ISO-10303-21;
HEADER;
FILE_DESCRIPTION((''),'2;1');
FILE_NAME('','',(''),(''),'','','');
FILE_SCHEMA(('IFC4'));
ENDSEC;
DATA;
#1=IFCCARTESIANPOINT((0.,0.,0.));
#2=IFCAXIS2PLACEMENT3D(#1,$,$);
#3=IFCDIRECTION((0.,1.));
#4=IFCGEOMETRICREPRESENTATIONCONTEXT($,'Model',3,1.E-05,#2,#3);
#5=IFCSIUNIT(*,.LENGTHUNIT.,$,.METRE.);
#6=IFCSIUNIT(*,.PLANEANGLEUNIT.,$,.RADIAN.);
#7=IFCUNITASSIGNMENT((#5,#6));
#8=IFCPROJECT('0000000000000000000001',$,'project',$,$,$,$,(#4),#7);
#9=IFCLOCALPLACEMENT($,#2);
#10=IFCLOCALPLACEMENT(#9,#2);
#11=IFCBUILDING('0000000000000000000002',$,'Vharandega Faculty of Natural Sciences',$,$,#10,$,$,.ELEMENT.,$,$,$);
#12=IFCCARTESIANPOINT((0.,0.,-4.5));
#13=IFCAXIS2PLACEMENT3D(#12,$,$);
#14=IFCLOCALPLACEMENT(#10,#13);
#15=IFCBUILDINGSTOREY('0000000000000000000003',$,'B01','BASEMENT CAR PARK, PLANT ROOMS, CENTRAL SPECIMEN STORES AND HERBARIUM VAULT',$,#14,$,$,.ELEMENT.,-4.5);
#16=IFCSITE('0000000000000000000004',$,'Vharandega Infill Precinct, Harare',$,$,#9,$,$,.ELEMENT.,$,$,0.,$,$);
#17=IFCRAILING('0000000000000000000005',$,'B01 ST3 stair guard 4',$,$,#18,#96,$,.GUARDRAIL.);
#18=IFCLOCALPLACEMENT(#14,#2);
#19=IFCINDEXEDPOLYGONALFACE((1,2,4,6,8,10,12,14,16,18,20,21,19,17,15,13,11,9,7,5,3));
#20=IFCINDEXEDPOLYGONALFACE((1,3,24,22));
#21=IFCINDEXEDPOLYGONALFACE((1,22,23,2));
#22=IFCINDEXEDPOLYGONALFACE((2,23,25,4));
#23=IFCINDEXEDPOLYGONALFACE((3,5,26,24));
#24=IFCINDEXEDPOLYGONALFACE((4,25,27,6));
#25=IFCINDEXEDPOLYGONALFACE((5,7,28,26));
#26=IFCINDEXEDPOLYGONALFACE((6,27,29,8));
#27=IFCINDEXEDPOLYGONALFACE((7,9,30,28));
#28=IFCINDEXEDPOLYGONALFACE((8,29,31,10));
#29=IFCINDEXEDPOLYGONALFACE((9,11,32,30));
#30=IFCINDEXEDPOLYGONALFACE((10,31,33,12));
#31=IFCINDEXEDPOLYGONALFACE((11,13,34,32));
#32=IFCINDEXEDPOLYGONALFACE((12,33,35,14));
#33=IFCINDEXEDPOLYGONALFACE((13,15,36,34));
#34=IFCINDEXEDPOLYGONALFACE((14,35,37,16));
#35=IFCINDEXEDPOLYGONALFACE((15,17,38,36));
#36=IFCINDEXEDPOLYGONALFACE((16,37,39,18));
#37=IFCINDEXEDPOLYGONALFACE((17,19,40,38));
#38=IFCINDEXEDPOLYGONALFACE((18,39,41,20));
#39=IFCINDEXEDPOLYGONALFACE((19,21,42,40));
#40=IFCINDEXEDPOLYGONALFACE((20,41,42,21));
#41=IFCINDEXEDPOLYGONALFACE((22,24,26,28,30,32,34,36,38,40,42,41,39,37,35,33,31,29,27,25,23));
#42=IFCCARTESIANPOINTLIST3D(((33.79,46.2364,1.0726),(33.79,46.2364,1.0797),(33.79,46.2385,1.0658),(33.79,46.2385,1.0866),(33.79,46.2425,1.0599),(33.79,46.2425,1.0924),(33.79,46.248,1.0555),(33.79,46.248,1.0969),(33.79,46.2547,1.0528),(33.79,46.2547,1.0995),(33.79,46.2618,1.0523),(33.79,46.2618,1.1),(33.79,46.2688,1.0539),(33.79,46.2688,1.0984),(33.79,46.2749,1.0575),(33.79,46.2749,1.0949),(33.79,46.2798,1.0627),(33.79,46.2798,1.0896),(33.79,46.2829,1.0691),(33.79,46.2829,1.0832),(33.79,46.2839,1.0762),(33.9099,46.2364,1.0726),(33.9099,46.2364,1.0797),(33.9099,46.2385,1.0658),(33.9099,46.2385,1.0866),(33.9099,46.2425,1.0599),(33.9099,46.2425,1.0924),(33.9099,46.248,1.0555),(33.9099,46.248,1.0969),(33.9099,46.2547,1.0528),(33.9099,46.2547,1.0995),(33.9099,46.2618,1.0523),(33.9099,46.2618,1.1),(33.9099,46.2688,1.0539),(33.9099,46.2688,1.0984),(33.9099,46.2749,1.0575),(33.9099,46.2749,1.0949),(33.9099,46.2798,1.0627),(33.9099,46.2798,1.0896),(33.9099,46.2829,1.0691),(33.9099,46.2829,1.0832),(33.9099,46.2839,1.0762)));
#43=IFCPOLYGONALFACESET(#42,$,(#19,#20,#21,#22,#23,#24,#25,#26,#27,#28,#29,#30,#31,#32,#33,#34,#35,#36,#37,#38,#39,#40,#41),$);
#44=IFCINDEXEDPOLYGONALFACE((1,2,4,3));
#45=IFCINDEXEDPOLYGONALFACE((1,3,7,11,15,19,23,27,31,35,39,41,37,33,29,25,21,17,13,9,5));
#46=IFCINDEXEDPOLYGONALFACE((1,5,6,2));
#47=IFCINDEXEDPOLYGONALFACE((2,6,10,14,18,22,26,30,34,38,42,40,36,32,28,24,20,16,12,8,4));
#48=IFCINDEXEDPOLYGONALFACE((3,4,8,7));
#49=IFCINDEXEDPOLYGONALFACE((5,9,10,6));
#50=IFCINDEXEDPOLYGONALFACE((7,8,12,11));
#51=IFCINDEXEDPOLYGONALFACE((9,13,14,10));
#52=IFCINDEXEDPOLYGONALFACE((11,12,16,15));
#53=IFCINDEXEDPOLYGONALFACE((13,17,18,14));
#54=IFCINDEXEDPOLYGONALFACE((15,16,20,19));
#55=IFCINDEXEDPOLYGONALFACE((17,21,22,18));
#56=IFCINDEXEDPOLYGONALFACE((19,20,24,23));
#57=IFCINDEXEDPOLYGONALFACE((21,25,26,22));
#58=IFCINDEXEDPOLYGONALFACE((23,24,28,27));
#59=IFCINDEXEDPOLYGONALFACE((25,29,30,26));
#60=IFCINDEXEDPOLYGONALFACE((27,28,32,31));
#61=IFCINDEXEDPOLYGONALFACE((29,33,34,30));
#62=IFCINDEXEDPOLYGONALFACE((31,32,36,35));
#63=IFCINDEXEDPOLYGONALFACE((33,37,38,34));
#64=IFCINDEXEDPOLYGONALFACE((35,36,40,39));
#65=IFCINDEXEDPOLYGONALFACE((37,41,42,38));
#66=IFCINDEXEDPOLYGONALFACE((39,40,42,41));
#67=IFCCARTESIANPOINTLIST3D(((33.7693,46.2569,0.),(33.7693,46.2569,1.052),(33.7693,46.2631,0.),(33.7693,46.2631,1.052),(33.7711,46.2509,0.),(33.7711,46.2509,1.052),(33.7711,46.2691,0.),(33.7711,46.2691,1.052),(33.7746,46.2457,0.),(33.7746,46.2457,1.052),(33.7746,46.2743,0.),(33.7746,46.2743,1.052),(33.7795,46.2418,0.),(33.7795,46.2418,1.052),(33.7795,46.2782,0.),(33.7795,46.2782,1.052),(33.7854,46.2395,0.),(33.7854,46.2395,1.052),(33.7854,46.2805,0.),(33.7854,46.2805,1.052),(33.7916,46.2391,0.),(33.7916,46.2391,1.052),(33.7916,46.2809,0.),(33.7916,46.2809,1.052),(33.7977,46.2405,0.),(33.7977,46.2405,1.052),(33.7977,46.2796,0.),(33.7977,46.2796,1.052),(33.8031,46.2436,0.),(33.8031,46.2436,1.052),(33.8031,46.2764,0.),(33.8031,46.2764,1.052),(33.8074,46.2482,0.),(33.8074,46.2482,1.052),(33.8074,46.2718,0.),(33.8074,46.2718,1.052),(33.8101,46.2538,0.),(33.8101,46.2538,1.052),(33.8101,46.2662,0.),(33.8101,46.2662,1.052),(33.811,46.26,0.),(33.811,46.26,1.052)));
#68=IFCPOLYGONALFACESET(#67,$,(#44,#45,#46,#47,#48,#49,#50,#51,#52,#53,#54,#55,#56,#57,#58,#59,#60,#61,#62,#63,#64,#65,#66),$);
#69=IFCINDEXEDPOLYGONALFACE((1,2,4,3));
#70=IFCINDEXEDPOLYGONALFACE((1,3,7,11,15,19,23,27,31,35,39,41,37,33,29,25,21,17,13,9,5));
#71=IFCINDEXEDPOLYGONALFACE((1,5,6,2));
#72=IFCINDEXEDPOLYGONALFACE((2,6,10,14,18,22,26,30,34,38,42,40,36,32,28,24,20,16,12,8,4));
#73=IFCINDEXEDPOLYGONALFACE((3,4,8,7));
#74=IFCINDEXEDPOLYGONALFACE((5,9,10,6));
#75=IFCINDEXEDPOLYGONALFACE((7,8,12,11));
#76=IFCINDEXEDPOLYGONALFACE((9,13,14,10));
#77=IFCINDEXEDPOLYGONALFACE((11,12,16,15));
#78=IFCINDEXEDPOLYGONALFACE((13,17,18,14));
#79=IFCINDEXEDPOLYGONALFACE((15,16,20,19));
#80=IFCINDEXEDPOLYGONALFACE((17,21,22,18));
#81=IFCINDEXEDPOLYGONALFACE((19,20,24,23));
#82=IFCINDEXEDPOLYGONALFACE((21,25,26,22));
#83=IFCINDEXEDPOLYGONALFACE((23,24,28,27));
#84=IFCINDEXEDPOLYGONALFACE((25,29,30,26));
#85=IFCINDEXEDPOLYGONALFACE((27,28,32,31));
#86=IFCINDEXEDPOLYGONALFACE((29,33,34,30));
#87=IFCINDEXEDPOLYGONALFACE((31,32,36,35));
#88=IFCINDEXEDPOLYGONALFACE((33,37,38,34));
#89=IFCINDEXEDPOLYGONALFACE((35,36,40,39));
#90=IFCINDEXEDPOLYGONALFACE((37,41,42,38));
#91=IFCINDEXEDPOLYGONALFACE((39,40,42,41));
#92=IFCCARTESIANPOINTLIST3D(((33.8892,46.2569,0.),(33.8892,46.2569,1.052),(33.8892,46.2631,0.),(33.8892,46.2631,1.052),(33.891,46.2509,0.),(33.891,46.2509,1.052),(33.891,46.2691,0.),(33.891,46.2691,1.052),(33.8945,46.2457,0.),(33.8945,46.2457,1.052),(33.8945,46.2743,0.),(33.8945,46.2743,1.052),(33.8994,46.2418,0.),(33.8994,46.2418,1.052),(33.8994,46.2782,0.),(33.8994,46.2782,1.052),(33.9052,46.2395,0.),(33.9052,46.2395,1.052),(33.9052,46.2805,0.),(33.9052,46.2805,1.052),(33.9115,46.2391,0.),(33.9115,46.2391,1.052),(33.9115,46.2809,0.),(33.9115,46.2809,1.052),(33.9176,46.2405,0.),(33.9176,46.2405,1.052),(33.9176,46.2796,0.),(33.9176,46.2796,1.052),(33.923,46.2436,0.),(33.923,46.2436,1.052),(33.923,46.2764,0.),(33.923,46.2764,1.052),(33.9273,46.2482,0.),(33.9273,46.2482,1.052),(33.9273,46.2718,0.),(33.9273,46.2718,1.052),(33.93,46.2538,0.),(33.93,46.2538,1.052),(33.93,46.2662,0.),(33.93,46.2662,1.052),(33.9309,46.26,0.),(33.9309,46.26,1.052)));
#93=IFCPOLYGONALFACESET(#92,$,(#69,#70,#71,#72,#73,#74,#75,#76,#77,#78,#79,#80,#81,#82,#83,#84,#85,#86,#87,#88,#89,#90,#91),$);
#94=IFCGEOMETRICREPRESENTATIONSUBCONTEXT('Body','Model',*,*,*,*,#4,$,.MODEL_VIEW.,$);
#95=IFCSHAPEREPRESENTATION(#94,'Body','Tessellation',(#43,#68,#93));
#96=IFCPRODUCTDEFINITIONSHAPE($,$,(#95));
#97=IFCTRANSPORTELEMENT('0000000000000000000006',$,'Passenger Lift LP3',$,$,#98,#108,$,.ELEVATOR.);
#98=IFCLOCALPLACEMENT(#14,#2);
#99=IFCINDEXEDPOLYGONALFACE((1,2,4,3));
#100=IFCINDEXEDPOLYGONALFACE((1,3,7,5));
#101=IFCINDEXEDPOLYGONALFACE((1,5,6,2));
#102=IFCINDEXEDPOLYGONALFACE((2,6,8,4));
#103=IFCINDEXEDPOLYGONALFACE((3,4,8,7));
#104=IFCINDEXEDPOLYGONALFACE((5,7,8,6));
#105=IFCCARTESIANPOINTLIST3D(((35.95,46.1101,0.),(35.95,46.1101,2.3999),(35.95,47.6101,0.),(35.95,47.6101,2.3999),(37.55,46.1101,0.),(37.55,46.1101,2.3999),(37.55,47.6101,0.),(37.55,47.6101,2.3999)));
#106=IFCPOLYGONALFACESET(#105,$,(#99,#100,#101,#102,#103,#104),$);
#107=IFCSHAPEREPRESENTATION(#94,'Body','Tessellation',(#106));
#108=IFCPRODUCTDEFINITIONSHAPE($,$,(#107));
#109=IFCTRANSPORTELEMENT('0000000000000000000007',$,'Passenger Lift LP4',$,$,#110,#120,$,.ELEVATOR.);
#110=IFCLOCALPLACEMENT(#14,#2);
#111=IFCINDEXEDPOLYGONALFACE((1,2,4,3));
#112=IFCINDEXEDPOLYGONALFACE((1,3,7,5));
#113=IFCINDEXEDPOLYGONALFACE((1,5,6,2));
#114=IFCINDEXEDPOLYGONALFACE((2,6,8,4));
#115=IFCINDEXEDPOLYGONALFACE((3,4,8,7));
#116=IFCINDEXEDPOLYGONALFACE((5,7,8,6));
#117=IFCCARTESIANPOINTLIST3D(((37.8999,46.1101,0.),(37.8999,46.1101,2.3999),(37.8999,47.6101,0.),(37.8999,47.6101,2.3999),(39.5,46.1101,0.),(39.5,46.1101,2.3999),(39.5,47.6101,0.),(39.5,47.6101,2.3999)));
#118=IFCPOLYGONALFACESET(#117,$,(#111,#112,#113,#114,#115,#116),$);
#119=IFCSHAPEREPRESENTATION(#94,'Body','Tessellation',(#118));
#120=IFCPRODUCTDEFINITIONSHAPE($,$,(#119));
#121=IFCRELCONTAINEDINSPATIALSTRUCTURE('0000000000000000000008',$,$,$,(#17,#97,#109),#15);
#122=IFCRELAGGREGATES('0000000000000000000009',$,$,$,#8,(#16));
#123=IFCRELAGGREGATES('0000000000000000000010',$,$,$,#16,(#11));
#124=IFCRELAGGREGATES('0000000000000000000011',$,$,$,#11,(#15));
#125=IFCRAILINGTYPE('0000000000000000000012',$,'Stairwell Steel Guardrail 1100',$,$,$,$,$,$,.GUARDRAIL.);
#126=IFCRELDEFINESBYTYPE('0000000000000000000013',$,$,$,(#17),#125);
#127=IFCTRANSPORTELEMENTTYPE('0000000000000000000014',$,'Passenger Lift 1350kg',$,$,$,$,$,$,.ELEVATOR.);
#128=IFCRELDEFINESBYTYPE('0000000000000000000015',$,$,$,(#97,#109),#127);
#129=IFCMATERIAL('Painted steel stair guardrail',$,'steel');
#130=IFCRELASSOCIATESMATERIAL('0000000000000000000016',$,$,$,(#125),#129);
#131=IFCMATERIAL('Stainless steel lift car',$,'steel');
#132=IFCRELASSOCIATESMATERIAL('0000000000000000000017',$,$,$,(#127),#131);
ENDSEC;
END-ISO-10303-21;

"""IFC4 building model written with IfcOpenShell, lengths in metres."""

from ifc_helpers import new_model, si_unit, direction, frame, origin, origin_2d, place, context, subcontext, project, spatial, rectangle, circle, extrude, material, type_object, element, save


model = new_model("IFC4")

# Units and contexts
model_context = context("Model", 3, precision=1e-05, world=origin(), true_north=direction((0.0, 1.0)))
body_context = subcontext(model_context, "Body", "Model", "MODEL_VIEW")
ifc_project = project(units=[si_unit("LENGTHUNIT", "METRE"), si_unit("PLANEANGLEUNIT", "RADIAN")], contexts=[model_context])

# Site, building, storey
site_placement = place(None, origin())
site = spatial("IfcSite", under=ifc_project, at=site_placement, Name="Vharandega Infill Precinct, Harare", CompositionType="ELEMENT", RefElevation=0.0)
building_placement = place(site_placement, origin())
building = spatial("IfcBuilding", under=site, at=building_placement, Name="Vharandega Faculty of Natural Sciences", CompositionType="ELEMENT")
storey_placement = place(building_placement, frame((0.0, 0.0, -4.5)))
storey = spatial("IfcBuildingStorey", under=building, at=storey_placement, Name="B01", Description="BASEMENT CAR PARK, PLANT ROOMS, CENTRAL SPECIMEN STORES AND HERBARIUM VAULT", CompositionType="ELEMENT", Elevation=-4.5)

# Railing
ifc_material_1 = material(Name="Painted steel stair guardrail", Category="steel")
railing_type_1 = type_object("IfcRailingType", Name="Stairwell Steel Guardrail 1100", PredefinedType="GUARDRAIL", material=ifc_material_1)
railing_1_placement = place(storey_placement, frame((33.79, 46.26, 0.0)))
element("IfcRailing", 1, at=railing_1_placement, inside=storey, type_object=railing_type_1, Name="B01 ST3 stair guard 4", PredefinedType="GUARDRAIL", context=body_context, shape_type="SweptSolid", body=[
    extrude(circle(Radius=0.0239, at=origin_2d()), frame((0.0, 0.0, 1.0762), z_axis=(1.0, 0.0, 0.0), x_axis=(0.0, 1.0, 0.0)), (0.0, 0.0, 1.0), 0.1199),
    extrude(circle(Radius=0.021, at=origin_2d()), origin(), (0.0, 0.0, 1.0), 1.052),
    extrude(circle(Radius=0.021, at=origin_2d()), frame((0.1199, 0.0, 0.0)), (0.0, 0.0, 1.0), 1.052),
])

# Transport elements
ifc_material_2 = material(Name="Stainless steel lift car", Category="steel")
transport_element_type = type_object("IfcTransportElementType", Name="Passenger Lift 1350kg", PredefinedType="ELEVATOR", material=ifc_material_2)
for number, where, z_axis, x_axis, name in (
    (2, (36.75, 46.8601, 0.0), (0.0, 0.0, 1.0), (1.0, 0.0, 0.0), "Passenger Lift LP3"),
    (3, (38.7, 46.8601, 0.0), (0.0, 0.0, 1.0), (1.0, 0.0, 0.0), "Passenger Lift LP4"),
):
    element("IfcTransportElement", number, at=place(storey_placement, frame(where, z_axis=z_axis, x_axis=x_axis)), inside=storey, type_object=transport_element_type, Name=name, PredefinedType="ELEVATOR", context=body_context, shape_type="SweptSolid", body=[
        extrude(rectangle(XDim=1.6001, YDim=1.5, at=origin_2d()), origin(), (0.0, 0.0, 1.0), 2.3999),
    ])

save(model, "model.ifc")
